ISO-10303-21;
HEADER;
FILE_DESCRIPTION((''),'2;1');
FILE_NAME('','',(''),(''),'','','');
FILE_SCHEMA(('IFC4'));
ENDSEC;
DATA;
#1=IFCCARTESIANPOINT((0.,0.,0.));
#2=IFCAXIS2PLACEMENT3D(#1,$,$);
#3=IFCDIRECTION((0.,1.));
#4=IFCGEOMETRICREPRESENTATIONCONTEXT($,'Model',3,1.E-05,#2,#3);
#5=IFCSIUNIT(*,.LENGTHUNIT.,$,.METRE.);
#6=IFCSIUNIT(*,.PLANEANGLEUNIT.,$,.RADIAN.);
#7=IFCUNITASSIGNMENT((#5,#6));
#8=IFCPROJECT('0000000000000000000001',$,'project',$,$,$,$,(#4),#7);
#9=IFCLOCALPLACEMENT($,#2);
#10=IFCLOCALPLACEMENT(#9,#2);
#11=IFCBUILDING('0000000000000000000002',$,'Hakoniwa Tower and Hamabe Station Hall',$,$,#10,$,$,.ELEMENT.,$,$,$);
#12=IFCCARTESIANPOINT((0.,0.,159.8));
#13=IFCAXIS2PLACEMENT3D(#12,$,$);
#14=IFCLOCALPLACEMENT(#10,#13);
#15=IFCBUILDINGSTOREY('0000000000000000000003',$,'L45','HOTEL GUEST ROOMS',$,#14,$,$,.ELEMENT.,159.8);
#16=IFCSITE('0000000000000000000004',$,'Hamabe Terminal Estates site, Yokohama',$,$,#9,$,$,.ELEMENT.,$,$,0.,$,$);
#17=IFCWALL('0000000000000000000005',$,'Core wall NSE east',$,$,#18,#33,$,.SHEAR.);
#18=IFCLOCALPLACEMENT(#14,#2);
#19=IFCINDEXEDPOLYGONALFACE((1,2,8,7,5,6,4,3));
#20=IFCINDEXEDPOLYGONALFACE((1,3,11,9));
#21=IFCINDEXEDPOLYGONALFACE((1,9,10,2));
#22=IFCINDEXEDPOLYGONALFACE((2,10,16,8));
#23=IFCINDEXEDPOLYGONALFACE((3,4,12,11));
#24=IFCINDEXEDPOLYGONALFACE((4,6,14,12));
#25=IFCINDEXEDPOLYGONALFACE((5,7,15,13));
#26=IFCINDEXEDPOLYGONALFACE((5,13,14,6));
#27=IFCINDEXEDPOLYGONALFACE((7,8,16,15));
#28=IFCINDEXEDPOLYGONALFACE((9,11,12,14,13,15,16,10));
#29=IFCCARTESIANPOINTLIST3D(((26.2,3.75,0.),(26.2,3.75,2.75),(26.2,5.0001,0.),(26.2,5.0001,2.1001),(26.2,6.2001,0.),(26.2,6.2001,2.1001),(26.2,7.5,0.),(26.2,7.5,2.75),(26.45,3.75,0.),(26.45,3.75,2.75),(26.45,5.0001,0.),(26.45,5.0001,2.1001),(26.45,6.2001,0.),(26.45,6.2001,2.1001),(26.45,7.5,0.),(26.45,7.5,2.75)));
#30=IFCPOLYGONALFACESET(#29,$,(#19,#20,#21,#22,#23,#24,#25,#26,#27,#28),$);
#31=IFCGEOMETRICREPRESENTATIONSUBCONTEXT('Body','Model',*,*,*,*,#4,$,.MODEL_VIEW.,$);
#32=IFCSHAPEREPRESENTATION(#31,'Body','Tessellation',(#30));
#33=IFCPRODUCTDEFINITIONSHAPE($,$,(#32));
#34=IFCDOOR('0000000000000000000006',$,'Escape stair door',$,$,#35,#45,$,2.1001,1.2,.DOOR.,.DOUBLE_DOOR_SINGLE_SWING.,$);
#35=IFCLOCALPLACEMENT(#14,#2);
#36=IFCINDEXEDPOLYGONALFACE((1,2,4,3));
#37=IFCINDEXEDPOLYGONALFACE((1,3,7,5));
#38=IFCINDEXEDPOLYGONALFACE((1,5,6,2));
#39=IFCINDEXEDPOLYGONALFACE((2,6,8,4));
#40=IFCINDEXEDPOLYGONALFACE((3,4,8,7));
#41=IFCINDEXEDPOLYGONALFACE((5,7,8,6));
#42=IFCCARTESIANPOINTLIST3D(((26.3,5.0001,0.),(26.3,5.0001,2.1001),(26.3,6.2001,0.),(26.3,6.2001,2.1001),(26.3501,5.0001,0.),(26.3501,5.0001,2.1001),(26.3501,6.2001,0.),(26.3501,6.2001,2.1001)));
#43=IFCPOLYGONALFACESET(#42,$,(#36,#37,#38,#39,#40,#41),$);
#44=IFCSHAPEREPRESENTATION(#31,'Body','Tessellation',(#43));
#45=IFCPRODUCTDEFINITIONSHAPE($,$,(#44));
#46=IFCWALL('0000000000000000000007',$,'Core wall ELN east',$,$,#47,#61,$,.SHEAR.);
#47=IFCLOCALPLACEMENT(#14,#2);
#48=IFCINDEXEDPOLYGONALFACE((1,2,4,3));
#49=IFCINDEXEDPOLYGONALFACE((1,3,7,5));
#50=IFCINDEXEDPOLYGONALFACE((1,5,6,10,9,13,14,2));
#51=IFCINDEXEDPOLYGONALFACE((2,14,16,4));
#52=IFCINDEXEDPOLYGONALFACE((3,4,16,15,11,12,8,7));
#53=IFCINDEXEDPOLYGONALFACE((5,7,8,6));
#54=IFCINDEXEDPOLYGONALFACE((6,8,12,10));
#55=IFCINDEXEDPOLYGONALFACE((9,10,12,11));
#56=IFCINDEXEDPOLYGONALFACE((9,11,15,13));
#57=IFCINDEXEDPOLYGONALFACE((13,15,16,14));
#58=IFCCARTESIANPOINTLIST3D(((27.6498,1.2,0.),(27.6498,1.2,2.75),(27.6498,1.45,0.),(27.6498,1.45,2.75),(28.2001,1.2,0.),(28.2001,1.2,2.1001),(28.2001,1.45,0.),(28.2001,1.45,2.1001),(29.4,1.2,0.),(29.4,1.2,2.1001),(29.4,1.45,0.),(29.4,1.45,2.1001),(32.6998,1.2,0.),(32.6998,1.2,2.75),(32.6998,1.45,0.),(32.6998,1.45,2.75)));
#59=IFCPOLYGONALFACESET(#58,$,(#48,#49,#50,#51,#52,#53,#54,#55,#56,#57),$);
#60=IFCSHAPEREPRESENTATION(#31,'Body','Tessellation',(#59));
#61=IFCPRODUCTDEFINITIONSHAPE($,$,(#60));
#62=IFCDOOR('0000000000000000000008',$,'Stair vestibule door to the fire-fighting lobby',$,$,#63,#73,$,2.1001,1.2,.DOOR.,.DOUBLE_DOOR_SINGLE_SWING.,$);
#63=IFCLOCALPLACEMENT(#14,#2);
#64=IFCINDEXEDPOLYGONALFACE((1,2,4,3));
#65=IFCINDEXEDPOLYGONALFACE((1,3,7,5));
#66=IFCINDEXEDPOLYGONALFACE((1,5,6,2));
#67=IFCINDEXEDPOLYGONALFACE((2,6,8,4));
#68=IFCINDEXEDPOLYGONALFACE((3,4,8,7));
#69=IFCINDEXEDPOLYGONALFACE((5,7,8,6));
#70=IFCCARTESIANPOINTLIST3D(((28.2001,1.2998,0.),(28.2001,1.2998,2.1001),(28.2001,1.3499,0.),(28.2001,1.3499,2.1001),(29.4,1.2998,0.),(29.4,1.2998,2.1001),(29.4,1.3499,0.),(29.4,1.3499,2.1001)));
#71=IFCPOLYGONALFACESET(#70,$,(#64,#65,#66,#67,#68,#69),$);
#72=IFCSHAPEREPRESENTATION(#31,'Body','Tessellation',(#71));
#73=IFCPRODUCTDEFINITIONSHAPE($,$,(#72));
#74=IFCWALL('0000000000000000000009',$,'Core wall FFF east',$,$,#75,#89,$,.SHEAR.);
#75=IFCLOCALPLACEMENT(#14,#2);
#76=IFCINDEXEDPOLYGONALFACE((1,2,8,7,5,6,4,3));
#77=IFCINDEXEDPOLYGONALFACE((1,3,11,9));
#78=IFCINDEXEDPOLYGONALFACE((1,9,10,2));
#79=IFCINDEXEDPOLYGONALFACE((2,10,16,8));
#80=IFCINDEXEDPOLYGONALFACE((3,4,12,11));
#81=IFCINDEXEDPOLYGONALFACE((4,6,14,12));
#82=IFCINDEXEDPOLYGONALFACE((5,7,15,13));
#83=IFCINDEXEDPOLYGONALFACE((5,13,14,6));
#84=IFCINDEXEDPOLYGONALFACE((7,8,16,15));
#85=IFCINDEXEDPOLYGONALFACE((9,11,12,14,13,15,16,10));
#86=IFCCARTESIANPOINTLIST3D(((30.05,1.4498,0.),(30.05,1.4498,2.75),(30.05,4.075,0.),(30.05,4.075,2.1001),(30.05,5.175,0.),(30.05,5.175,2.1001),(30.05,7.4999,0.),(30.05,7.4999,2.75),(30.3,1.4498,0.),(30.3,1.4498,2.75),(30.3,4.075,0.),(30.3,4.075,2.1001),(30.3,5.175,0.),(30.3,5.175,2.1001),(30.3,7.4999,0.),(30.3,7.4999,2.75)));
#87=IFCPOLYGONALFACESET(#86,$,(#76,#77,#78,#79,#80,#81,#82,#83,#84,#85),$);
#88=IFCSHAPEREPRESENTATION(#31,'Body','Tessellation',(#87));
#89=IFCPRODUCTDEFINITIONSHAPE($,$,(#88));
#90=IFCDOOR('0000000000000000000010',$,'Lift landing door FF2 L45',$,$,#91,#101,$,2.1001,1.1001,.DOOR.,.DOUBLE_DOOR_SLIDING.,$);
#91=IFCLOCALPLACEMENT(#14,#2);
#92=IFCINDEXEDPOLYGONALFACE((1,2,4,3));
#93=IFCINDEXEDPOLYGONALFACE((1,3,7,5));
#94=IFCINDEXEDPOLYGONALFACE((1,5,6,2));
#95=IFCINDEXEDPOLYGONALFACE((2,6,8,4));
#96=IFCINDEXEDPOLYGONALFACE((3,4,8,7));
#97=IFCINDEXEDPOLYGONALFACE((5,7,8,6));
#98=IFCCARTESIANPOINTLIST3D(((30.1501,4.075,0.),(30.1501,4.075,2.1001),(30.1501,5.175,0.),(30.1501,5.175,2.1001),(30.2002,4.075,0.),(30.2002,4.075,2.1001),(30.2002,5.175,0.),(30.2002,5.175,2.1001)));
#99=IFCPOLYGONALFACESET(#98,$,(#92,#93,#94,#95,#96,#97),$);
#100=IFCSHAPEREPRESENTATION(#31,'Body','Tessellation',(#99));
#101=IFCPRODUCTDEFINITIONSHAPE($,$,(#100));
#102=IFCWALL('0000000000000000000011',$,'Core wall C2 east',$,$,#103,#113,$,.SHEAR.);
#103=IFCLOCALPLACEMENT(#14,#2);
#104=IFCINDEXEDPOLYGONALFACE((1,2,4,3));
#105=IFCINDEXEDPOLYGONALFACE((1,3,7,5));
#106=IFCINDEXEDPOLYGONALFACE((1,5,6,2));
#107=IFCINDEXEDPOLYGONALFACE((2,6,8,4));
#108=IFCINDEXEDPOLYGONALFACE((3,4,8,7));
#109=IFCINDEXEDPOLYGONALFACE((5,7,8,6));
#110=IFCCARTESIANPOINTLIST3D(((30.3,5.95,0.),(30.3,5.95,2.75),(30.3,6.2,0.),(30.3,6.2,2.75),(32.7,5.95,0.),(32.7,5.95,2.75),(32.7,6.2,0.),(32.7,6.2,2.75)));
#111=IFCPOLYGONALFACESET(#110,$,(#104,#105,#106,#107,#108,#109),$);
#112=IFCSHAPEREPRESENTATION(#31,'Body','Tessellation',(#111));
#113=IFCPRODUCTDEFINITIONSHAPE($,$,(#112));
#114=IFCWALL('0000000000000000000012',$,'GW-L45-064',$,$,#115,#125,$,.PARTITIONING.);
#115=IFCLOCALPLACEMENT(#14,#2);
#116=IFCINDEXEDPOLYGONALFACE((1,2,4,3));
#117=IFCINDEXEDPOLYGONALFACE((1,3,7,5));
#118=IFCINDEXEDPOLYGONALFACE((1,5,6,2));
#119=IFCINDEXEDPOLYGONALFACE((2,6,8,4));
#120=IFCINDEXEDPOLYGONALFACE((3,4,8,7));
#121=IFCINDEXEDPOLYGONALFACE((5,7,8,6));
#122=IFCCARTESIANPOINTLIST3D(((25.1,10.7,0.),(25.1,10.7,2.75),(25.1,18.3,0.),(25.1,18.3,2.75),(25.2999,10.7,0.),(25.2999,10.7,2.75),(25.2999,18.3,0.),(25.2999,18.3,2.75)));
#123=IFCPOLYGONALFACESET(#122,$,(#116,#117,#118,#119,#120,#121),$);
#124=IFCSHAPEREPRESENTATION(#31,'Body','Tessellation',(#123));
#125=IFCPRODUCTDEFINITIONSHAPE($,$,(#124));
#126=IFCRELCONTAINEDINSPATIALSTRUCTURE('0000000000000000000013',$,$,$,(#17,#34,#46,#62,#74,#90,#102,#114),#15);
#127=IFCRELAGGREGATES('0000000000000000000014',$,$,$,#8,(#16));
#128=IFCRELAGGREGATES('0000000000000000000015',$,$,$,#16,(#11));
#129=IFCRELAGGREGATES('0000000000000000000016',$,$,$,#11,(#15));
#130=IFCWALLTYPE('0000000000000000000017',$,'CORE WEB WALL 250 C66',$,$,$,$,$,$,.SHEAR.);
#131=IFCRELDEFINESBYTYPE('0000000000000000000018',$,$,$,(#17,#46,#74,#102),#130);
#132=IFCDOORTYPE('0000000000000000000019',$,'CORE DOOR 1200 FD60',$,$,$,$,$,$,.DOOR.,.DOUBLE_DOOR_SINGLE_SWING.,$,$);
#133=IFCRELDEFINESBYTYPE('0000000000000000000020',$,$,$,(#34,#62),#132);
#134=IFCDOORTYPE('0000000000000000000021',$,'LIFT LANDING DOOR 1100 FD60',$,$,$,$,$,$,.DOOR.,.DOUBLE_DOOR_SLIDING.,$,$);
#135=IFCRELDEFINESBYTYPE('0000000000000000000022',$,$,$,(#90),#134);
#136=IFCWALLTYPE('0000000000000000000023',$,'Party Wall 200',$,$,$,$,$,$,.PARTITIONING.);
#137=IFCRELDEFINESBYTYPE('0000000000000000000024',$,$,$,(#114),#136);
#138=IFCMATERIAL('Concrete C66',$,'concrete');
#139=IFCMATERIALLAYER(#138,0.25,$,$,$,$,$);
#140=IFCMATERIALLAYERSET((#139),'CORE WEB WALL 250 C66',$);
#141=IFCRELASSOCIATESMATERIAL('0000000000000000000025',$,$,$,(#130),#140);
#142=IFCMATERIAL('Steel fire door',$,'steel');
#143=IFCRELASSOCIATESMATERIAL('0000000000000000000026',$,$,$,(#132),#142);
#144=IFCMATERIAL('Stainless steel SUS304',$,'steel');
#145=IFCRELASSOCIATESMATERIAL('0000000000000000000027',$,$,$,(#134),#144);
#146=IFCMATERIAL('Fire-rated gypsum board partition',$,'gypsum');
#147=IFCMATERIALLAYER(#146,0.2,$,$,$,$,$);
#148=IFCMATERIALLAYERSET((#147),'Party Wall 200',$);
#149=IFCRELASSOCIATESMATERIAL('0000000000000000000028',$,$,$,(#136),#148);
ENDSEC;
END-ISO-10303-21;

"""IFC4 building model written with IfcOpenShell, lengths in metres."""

from ifc_helpers import new_model, si_unit, direction, frame, frame_2d, origin, place, context, subcontext, project, spatial, rectangle, extrude, material, layer, layer_set, type_object, element, fill, save


model = new_model("IFC4")

# Units and contexts
model_context = context("Model", 3, precision=1e-05, world=origin(), true_north=direction((0.0, 1.0)))
body_context = subcontext(model_context, "Body", "Model", "MODEL_VIEW")
ifc_project = project(units=[si_unit("LENGTHUNIT", "METRE"), si_unit("PLANEANGLEUNIT", "RADIAN")], contexts=[model_context])

# Site, building, storey
site_placement = place(None, origin())
site = spatial("IfcSite", under=ifc_project, at=site_placement, Name="Hamabe Terminal Estates site, Yokohama", CompositionType="ELEMENT", RefElevation=0.0)
building_placement = place(site_placement, origin())
building = spatial("IfcBuilding", under=site, at=building_placement, Name="Hakoniwa Tower and Hamabe Station Hall", CompositionType="ELEMENT")
storey_placement = place(building_placement, frame((0.0, 0.0, 159.8)))
storey = spatial("IfcBuildingStorey", under=building, at=storey_placement, Name="L45", Description="HOTEL GUEST ROOMS", CompositionType="ELEMENT", Elevation=159.8)

# Shared definitions
ifc_material_1 = material(Name="Concrete C66", Category="concrete")
ifc_layer_1 = layer(ifc_material_1, 0.25)
ifc_layer_set_1 = layer_set([ifc_layer_1], Name="CORE WEB WALL 250 C66")
wall_type_1 = type_object("IfcWallType", Name="CORE WEB WALL 250 C66", PredefinedType="SHEAR", material=ifc_layer_set_1)

# Walls, openings, doors
wall_1_placement = place(storey_placement, frame((26.325, 3.75, 0.0), z_axis=(0.0, 0.0, 1.0), x_axis=(0.0, 1.0, 0.0)))
wall_1 = element("IfcWall", 1, at=wall_1_placement, inside=storey, type_object=wall_type_1, Name="Core wall NSE east", PredefinedType="SHEAR", context=body_context, shape_type="SweptSolid", body=[
    extrude(rectangle(XDim=3.75, YDim=0.25, at=frame_2d((1.875, 0.0))), origin(), (0.0, 0.0, 1.0), 2.75),
])
opening_1_placement = place(wall_1_placement, frame((1.25, 0.0, 0.0)))
opening_1 = element("IfcOpeningElement", 2, at=opening_1_placement, cuts=wall_1, PredefinedType="OPENING", context=body_context, shape_type="SweptSolid", body=[
    extrude(rectangle(XDim=1.2, YDim=2.1001, at=frame_2d((0.6001, 1.05))), frame((0.0, 0.135, 0.0), z_axis=(0.0, -1.0, 0.0), x_axis=(1.0, 0.0, 0.0)), (0.0, 0.0, 1.0), 0.27),
])
ifc_material_2 = material(Name="Steel fire door", Category="steel")
door_type_1 = type_object("IfcDoorType", Name="CORE DOOR 1200 FD60", OperationType="DOUBLE_DOOR_SINGLE_SWING", PredefinedType="DOOR", material=ifc_material_2)
door_1_placement = place(opening_1_placement, origin())
door_1 = element("IfcDoor", 3, at=door_1_placement, inside=storey, type_object=door_type_1, Name="Escape stair door", OperationType="DOUBLE_DOOR_SINGLE_SWING", OverallHeight=2.1001, OverallWidth=1.2, PredefinedType="DOOR", context=body_context, shape_type="SweptSolid", body=[
    extrude(rectangle(XDim=1.2, YDim=2.1001, at=frame_2d((0.6001, 1.05))), frame((0.0, 0.0249, 0.0), z_axis=(0.0, -1.0, 0.0), x_axis=(1.0, 0.0, 0.0)), (0.0, 0.0, 1.0), 0.05),
])
fill(opening_1, door_1)
wall_2_placement = place(storey_placement, frame((27.6499, 1.325, 0.0), z_axis=(0.0, 0.0, 1.0), x_axis=(1.0, 0.0, 0.0)))
wall_2 = element("IfcWall", 4, at=wall_2_placement, inside=storey, type_object=wall_type_1, Name="Core wall ELN east", PredefinedType="SHEAR", context=body_context, shape_type="SweptSolid", body=[
    extrude(rectangle(XDim=5.05, YDim=0.25, at=frame_2d((2.5249, 0.0))), origin(), (0.0, 0.0, 1.0), 2.75),
])
opening_2_placement = place(wall_2_placement, frame((0.55, 0.0, 0.0)))
opening_2 = element("IfcOpeningElement", 5, at=opening_2_placement, cuts=wall_2, PredefinedType="OPENING", context=body_context, shape_type="SweptSolid", body=[
    extrude(rectangle(XDim=1.2, YDim=2.1001, at=frame_2d((0.6001, 1.05))), frame((0.0, 0.135, 0.0), z_axis=(0.0, -1.0, 0.0), x_axis=(1.0, 0.0, 0.0)), (0.0, 0.0, 1.0), 0.27),
])
door_2_placement = place(opening_2_placement, origin())
door_2 = element("IfcDoor", 6, at=door_2_placement, inside=storey, type_object=door_type_1, Name="Stair vestibule door to the fire-fighting lobby", OperationType="DOUBLE_DOOR_SINGLE_SWING", OverallHeight=2.1001, OverallWidth=1.2, PredefinedType="DOOR", context=body_context, shape_type="SweptSolid", body=[
    extrude(rectangle(XDim=1.2, YDim=2.1001, at=frame_2d((0.6001, 1.05))), frame((0.0, 0.0249, 0.0), z_axis=(0.0, -1.0, 0.0), x_axis=(1.0, 0.0, 0.0)), (0.0, 0.0, 1.0), 0.05),
])
fill(opening_2, door_2)
wall_3_placement = place(storey_placement, frame((30.175, 1.45, 0.0), z_axis=(0.0, 0.0, 1.0), x_axis=(0.0, 1.0, 0.0)))
wall_3 = element("IfcWall", 7, at=wall_3_placement, inside=storey, type_object=wall_type_1, Name="Core wall FFF east", PredefinedType="SHEAR", context=body_context, shape_type="SweptSolid", body=[
    extrude(rectangle(XDim=6.05, YDim=0.25, at=frame_2d((3.0249, 0.0))), origin(), (0.0, 0.0, 1.0), 2.75),
])
opening_3_placement = place(wall_3_placement, frame((2.625, 0.0, 0.0)))
opening_3 = element("IfcOpeningElement", 8, at=opening_3_placement, cuts=wall_3, PredefinedType="OPENING", context=body_context, shape_type="SweptSolid", body=[
    extrude(rectangle(XDim=1.1001, YDim=2.1001, at=frame_2d((0.55, 1.05))), frame((0.0, 0.135, 0.0), z_axis=(0.0, -1.0, 0.0), x_axis=(1.0, 0.0, 0.0)), (0.0, 0.0, 1.0), 0.27),
])
ifc_material_3 = material(Name="Stainless steel SUS304", Category="steel")
door_type_2 = type_object("IfcDoorType", Name="LIFT LANDING DOOR 1100 FD60", OperationType="DOUBLE_DOOR_SLIDING", PredefinedType="DOOR", material=ifc_material_3)
door_3_placement = place(opening_3_placement, origin())
door_3 = element("IfcDoor", 9, at=door_3_placement, inside=storey, type_object=door_type_2, Name="Lift landing door FF2 L45", OperationType="DOUBLE_DOOR_SLIDING", OverallHeight=2.1001, OverallWidth=1.1001, PredefinedType="DOOR", context=body_context, shape_type="SweptSolid", body=[
    extrude(rectangle(XDim=1.1001, YDim=2.1001, at=frame_2d((0.55, 1.05))), frame((0.0, 0.0249, 0.0), z_axis=(0.0, -1.0, 0.0), x_axis=(1.0, 0.0, 0.0)), (0.0, 0.0, 1.0), 0.05),
])
fill(opening_3, door_3)

# Walls
wall_4_placement = place(storey_placement, frame((30.3, 6.075, 0.0), z_axis=(0.0, 0.0, 1.0), x_axis=(1.0, 0.0, 0.0)))
element("IfcWall", 10, at=wall_4_placement, inside=storey, type_object=wall_type_1, Name="Core wall C2 east", PredefinedType="SHEAR", context=body_context, shape_type="SweptSolid", body=[
    extrude(rectangle(XDim=2.3999, YDim=0.25, at=frame_2d((1.2, 0.0))), origin(), (0.0, 0.0, 1.0), 2.75),
])
ifc_material_4 = material(Name="Fire-rated gypsum board partition", Category="gypsum")
ifc_layer_2 = layer(ifc_material_4, 0.2)
ifc_layer_set_2 = layer_set([ifc_layer_2], Name="Party Wall 200")
wall_type_2 = type_object("IfcWallType", Name="Party Wall 200", PredefinedType="PARTITIONING", material=ifc_layer_set_2)
wall_5_placement = place(storey_placement, frame((25.2, 10.7, 0.0), z_axis=(0.0, 0.0, 1.0), x_axis=(0.0, 1.0, 0.0)))
element("IfcWall", 11, at=wall_5_placement, inside=storey, type_object=wall_type_2, Name="GW-L45-064", PredefinedType="PARTITIONING", context=body_context, shape_type="SweptSolid", body=[
    extrude(rectangle(XDim=7.6001, YDim=0.2, at=frame_2d((3.8, 0.0))), origin(), (0.0, 0.0, 1.0), 2.75),
])

save(model, "model.ifc")
